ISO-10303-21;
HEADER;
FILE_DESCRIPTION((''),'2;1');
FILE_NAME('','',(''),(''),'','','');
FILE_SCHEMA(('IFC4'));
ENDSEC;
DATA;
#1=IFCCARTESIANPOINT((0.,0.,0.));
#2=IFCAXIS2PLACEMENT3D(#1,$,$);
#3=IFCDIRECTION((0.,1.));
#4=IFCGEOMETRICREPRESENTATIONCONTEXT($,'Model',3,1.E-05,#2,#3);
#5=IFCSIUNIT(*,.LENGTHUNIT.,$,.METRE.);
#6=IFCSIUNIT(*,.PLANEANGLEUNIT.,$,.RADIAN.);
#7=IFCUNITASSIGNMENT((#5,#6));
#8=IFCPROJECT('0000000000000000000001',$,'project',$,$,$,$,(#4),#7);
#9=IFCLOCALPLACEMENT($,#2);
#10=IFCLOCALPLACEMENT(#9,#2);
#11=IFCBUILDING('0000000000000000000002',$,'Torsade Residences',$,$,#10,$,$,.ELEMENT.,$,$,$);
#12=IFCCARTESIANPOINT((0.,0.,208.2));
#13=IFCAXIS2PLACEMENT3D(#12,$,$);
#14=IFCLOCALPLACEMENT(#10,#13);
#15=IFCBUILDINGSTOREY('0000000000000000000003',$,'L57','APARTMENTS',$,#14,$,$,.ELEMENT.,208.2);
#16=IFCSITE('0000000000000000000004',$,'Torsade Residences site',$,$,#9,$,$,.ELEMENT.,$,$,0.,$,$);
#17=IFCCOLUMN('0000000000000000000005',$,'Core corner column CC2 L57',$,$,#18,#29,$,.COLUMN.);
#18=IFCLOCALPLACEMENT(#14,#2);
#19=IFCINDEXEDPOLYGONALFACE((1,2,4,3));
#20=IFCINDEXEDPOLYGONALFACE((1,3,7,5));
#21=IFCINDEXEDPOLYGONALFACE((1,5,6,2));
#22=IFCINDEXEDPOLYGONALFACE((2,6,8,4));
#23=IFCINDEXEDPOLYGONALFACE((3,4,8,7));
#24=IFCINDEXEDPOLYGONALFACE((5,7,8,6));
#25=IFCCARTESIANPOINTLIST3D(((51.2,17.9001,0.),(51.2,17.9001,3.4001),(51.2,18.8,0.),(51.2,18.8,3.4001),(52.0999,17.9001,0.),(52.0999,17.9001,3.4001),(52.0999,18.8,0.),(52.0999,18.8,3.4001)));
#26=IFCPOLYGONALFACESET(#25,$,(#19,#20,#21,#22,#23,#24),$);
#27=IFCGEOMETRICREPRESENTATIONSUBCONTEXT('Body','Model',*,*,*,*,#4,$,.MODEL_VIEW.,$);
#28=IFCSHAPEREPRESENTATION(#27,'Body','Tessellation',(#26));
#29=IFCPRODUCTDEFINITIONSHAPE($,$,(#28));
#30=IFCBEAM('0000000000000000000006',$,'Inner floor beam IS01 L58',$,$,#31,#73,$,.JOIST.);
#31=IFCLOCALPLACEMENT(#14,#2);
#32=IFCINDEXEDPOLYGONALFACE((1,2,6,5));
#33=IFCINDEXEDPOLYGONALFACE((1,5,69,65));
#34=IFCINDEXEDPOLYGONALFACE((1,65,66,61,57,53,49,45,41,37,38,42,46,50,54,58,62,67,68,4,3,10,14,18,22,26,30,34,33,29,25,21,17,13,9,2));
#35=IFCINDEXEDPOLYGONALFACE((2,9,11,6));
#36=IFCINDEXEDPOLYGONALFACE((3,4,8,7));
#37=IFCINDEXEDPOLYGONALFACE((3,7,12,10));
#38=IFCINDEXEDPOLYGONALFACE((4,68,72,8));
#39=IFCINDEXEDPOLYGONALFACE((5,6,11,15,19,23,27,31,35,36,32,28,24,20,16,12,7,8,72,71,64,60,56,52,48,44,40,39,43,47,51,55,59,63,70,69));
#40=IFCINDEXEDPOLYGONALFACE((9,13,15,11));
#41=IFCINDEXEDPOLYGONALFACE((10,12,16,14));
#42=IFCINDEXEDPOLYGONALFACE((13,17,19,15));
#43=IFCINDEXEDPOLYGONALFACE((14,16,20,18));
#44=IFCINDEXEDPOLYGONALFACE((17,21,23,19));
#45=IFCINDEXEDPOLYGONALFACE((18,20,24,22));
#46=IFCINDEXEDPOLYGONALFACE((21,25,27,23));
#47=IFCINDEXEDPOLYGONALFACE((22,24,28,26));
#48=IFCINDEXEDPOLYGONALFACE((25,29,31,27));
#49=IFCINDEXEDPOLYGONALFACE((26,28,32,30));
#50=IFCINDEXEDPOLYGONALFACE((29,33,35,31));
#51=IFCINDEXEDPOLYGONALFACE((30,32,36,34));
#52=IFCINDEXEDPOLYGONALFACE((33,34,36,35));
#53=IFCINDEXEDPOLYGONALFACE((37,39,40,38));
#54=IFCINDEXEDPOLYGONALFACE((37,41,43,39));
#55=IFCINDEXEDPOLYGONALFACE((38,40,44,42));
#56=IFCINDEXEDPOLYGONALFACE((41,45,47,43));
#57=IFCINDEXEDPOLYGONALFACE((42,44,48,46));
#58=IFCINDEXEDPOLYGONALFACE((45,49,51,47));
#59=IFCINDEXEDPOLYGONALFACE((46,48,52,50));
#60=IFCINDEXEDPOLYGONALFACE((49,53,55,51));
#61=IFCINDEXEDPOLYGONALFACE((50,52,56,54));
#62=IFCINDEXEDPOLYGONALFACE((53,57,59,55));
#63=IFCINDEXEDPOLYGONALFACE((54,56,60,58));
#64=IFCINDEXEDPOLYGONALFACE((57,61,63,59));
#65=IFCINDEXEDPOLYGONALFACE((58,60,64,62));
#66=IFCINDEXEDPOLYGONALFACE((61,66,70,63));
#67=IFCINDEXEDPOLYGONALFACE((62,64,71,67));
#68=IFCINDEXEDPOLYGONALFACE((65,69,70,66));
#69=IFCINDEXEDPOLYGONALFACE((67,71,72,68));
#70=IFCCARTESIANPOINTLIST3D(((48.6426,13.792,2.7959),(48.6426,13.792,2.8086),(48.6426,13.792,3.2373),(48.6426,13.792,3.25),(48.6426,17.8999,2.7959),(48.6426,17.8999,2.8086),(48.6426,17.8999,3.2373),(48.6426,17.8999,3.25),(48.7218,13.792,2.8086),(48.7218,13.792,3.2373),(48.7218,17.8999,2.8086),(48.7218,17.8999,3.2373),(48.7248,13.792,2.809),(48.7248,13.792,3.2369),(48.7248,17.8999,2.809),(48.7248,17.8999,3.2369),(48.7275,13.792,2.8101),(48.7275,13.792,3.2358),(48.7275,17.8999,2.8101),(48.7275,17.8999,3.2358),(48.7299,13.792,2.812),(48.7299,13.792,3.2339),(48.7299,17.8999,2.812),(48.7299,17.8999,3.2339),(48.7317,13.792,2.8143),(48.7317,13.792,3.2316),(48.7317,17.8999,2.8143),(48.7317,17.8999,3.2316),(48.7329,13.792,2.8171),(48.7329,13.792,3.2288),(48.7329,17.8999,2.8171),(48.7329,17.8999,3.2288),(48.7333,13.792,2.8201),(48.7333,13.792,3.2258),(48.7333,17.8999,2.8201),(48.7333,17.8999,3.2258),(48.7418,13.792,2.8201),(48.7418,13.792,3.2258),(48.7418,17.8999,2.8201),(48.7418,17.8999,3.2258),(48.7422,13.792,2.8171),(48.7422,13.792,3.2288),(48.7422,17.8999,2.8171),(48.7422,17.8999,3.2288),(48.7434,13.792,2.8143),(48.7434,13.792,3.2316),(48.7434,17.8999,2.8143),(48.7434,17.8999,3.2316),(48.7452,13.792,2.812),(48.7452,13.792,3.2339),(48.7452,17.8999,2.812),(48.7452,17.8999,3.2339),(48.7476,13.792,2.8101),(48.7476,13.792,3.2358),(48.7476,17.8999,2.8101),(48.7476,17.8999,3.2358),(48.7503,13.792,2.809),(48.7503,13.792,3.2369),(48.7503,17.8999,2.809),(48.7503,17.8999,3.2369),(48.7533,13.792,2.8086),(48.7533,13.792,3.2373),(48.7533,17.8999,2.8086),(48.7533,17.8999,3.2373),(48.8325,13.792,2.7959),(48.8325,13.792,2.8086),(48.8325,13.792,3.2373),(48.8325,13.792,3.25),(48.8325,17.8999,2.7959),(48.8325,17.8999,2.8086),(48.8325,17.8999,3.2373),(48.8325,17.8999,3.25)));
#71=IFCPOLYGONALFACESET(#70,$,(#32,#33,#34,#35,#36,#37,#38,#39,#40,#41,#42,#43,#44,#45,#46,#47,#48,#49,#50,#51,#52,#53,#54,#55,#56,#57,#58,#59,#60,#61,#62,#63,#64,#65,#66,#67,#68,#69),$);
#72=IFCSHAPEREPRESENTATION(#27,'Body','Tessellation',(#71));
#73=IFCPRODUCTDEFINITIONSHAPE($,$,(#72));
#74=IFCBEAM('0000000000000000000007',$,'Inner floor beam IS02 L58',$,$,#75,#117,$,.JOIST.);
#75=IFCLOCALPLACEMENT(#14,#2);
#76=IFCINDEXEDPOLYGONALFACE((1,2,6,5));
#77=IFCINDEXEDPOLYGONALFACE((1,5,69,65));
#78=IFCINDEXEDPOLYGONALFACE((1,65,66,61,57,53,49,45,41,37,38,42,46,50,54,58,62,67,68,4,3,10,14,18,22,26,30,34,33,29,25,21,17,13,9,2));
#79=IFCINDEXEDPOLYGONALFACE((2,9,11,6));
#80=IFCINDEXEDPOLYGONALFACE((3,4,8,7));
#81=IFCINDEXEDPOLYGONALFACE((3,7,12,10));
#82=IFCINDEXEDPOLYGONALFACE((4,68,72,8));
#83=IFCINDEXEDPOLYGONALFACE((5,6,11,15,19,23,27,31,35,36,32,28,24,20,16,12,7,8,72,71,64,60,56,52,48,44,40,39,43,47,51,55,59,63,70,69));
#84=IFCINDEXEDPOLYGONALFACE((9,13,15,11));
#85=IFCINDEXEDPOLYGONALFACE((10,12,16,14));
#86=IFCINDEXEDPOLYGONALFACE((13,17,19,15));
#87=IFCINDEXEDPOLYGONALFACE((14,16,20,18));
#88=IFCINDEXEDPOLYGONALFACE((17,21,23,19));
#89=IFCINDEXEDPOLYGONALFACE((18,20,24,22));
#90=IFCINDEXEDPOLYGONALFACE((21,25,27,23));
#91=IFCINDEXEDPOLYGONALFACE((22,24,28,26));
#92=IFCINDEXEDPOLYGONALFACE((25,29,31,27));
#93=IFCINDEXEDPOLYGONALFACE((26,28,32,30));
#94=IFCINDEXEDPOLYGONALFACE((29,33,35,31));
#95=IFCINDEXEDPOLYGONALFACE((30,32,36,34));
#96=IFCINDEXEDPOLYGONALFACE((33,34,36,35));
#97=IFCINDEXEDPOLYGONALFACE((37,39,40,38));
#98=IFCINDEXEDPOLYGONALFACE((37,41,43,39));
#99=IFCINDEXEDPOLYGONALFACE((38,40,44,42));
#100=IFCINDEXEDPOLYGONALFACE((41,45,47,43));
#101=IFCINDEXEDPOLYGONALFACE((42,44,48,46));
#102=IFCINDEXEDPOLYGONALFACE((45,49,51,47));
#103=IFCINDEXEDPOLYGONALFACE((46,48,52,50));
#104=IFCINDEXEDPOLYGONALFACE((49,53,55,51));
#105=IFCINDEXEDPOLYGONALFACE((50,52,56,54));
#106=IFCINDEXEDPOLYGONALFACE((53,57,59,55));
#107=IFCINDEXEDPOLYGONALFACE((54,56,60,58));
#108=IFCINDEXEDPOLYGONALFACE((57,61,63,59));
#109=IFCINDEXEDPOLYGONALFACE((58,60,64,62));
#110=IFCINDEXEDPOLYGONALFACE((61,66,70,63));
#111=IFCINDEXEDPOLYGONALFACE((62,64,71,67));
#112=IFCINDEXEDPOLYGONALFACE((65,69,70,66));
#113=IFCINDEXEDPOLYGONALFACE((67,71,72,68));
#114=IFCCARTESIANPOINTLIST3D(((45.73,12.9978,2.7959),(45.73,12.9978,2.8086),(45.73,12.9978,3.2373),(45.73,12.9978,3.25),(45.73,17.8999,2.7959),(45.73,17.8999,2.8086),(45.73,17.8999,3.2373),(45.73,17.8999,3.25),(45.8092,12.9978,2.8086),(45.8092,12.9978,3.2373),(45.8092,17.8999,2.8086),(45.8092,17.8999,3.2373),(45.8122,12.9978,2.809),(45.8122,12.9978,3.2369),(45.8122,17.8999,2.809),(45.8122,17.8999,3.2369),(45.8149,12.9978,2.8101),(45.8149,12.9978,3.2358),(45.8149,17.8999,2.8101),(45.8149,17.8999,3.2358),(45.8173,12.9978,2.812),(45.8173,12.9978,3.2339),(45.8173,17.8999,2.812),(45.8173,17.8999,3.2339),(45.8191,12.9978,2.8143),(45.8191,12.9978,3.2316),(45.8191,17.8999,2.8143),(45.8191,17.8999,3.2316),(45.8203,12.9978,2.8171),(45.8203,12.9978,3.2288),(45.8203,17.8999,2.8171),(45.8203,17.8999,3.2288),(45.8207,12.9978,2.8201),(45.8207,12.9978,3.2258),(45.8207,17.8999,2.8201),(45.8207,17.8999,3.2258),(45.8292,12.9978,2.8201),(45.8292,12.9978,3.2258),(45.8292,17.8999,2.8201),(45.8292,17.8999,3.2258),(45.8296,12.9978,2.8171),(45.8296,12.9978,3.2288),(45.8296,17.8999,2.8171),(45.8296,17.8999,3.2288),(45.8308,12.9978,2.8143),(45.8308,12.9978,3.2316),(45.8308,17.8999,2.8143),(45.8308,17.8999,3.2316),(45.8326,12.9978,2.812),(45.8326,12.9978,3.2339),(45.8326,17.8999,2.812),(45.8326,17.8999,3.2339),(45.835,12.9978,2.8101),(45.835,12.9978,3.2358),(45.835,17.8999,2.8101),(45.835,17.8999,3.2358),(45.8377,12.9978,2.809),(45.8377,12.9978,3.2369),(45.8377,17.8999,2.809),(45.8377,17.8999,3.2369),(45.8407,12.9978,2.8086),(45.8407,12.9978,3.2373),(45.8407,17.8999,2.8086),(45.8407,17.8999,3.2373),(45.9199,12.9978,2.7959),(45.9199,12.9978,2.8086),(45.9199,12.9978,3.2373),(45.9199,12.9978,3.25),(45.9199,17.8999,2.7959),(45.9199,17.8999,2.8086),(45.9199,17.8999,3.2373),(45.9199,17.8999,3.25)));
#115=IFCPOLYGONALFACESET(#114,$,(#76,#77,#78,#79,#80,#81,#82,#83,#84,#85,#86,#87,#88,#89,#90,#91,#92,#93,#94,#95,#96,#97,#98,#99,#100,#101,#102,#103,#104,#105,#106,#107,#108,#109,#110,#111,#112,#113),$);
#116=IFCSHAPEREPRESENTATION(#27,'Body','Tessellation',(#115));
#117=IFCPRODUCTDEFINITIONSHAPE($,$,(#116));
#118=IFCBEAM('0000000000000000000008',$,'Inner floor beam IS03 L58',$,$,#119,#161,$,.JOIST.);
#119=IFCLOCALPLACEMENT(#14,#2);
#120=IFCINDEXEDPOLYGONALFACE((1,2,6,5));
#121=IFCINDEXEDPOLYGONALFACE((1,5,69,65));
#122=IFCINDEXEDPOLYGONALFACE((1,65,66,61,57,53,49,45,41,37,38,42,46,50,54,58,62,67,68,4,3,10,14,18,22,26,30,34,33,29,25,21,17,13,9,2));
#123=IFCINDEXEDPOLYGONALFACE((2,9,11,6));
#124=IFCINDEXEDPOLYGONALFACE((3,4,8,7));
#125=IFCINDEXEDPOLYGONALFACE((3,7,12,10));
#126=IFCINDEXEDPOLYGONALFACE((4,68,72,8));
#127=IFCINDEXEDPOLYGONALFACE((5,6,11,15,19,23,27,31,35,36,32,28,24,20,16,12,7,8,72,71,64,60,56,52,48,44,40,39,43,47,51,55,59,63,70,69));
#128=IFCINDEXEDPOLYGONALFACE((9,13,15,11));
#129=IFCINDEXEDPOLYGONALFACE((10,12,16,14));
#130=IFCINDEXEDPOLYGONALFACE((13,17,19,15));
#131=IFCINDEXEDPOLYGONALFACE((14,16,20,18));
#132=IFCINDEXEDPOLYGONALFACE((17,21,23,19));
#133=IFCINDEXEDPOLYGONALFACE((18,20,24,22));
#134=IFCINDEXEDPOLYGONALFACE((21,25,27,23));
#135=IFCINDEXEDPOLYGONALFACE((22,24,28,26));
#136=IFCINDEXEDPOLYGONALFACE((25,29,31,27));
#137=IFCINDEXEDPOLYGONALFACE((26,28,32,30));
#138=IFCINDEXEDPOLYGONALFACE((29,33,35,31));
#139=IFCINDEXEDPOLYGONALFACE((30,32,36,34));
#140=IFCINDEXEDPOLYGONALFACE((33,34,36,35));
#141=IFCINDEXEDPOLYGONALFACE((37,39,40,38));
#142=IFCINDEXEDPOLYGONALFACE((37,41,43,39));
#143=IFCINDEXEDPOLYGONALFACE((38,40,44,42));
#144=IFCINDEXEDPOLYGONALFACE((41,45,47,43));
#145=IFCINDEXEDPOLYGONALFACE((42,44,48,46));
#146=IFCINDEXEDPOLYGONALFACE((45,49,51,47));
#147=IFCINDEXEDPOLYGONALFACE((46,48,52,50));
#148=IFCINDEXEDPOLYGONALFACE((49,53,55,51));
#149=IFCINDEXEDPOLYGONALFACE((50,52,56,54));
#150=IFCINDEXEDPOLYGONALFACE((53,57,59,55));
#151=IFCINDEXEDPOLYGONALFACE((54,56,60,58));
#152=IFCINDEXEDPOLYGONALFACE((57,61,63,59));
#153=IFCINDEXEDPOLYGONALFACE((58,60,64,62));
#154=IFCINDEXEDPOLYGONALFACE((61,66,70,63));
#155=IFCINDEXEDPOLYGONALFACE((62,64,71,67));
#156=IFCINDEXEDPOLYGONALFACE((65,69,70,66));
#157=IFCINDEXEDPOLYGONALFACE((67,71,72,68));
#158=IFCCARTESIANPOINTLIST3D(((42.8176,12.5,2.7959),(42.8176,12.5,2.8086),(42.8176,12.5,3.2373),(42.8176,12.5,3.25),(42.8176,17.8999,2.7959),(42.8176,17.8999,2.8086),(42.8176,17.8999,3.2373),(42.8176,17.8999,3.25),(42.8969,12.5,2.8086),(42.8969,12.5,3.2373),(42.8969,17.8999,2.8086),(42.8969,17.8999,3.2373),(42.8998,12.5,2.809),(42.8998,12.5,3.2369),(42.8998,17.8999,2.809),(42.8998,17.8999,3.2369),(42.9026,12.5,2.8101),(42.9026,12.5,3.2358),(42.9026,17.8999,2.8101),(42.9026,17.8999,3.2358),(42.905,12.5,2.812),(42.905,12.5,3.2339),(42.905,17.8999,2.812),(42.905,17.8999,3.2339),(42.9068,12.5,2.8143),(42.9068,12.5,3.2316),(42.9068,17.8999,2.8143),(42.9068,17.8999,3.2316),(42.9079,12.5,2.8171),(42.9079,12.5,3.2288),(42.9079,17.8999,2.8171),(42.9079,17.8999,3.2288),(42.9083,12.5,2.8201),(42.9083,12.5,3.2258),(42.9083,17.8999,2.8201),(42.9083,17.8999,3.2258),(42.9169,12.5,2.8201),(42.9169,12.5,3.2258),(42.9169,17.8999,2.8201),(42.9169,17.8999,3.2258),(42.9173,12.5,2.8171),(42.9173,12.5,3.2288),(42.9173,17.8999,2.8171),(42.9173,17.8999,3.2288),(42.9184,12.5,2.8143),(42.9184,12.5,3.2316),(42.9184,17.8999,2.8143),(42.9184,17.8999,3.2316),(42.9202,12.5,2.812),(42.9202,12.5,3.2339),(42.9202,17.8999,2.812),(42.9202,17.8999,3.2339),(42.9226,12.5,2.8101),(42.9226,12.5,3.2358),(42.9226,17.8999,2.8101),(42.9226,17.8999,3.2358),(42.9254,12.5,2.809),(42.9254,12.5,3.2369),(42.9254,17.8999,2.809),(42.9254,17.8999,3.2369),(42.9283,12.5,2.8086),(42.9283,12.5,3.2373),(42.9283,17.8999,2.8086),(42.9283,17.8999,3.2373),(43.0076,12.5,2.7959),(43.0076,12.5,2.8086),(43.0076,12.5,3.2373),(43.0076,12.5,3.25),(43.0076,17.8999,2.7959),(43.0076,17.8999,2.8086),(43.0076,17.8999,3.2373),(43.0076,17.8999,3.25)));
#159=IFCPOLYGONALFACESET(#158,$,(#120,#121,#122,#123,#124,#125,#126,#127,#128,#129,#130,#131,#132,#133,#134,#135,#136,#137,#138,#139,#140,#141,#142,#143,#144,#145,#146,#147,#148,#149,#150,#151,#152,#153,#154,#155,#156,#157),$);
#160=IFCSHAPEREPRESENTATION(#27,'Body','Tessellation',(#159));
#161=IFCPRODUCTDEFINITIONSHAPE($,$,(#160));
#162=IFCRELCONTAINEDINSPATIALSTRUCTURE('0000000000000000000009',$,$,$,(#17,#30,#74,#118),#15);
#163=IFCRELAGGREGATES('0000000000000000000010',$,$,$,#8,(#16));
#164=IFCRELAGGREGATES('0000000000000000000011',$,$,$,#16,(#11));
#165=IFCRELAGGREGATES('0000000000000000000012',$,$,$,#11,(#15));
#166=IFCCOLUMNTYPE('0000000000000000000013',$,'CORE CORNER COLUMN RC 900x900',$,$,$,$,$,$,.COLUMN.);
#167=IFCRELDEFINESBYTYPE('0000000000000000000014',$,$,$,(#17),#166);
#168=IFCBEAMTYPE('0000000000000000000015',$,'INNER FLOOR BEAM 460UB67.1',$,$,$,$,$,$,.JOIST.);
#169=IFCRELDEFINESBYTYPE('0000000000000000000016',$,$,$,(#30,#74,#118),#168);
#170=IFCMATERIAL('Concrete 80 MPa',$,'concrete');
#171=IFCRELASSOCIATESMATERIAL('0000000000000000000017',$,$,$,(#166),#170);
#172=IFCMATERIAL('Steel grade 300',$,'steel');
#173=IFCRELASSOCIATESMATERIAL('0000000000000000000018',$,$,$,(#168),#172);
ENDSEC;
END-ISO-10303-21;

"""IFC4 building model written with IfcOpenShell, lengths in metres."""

from ifc_helpers import new_model, si_unit, direction, frame, origin, origin_2d, place, context, subcontext, project, spatial, rectangle, i_section, extrude, material, material_profile, profile_set, type_object, element, save


model = new_model("IFC4")

# Units and contexts
model_context = context("Model", 3, precision=1e-05, world=origin(), true_north=direction((0.0, 1.0)))
body_context = subcontext(model_context, "Body", "Model", "MODEL_VIEW")
ifc_project = project(units=[si_unit("LENGTHUNIT", "METRE"), si_unit("PLANEANGLEUNIT", "RADIAN")], contexts=[model_context])

# Site, building, storey
site_placement = place(None, origin())
site = spatial("IfcSite", under=ifc_project, at=site_placement, Name="Torsade Residences site", CompositionType="ELEMENT", RefElevation=0.0)
building_placement = place(site_placement, origin())
building = spatial("IfcBuilding", under=site, at=building_placement, Name="Torsade Residences", CompositionType="ELEMENT")
storey_placement = place(building_placement, frame((0.0, 0.0, 208.2)))
storey = spatial("IfcBuildingStorey", under=building, at=storey_placement, Name="L57", Description="APARTMENTS", CompositionType="ELEMENT", Elevation=208.2)

# Column
ifc_material_1 = material(Name="Concrete 80 MPa", Category="concrete")
ifc_material_profile_1 = material_profile(ifc_material_1, rectangle(XDim=0.8999, YDim=0.8999, at=origin_2d()), Name="RC 900x900")
ifc_profile_set_1 = profile_set([ifc_material_profile_1], Name="Concrete 80 MPa")
column_type = type_object("IfcColumnType", Name="CORE CORNER COLUMN RC 900x900", PredefinedType="COLUMN", material=ifc_profile_set_1)
column_placement = place(storey_placement, frame((51.6499, 18.3501, 0.0), z_axis=(0.0, 0.0, 1.0), x_axis=(1.0, 0.0, 0.0)))
element("IfcColumn", 1, at=column_placement, inside=storey, type_object=column_type, Name="Core corner column CC2 L57", PredefinedType="COLUMN", context=body_context, shape_type="SweptSolid", body=[
    extrude(rectangle(XDim=0.8999, YDim=0.8999, at=origin_2d()), origin(), (0.0, 0.0, 1.0), 3.4001),
])

# Beams
ifc_material_2 = material(Name="Steel grade 300", Category="steel")
ifc_material_profile_2 = material_profile(ifc_material_2, i_section(OverallWidth=0.1899, OverallDepth=0.4541, WebThickness=0.0085, FlangeThickness=0.0127, FilletRadius=0.0115, at=origin_2d()), Name="460UB67.1")
ifc_profile_set_2 = profile_set([ifc_material_profile_2], Name="Steel grade 300")
beam_type = type_object("IfcBeamType", Name="INNER FLOOR BEAM 460UB67.1", PredefinedType="JOIST", material=ifc_profile_set_2)
beam_1_placement = place(storey_placement, frame((48.7375, 17.8999, 3.0229), z_axis=(0.0, -1.0, 0.0), x_axis=(1.0, 0.0, 0.0)))
element("IfcBeam", 2, at=beam_1_placement, inside=storey, type_object=beam_type, Name="Inner floor beam IS01 L58", PredefinedType="JOIST", context=body_context, shape_type="SweptSolid", body=[
    extrude(i_section(OverallWidth=0.1899, OverallDepth=0.4541, WebThickness=0.0085, FlangeThickness=0.0127, FilletRadius=0.0115, at=origin_2d()), origin(), (0.0, 0.0, 1.0), 4.1079),
])
beam_2_placement = place(storey_placement, frame((45.825, 17.8999, 3.0229), z_axis=(0.0, -1.0, 0.0), x_axis=(1.0, 0.0, 0.0)))
element("IfcBeam", 3, at=beam_2_placement, inside=storey, type_object=beam_type, Name="Inner floor beam IS02 L58", PredefinedType="JOIST", context=body_context, shape_type="SweptSolid", body=[
    extrude(i_section(OverallWidth=0.1899, OverallDepth=0.4541, WebThickness=0.0085, FlangeThickness=0.0127, FilletRadius=0.0115, at=origin_2d()), origin(), (0.0, 0.0, 1.0), 4.9021),
])
for number, where, z_axis, x_axis, name in (
    (4, (42.9126, 17.8999, 3.0229), (0.0, -1.0, 0.0), (1.0, 0.0, 0.0), "Inner floor beam IS03 L58"),
):
    element("IfcBeam", number, at=place(storey_placement, frame(where, z_axis=z_axis, x_axis=x_axis)), inside=storey, type_object=beam_type, Name=name, PredefinedType="JOIST", context=body_context, shape_type="SweptSolid", body=[
        extrude(i_section(OverallWidth=0.1899, OverallDepth=0.4541, WebThickness=0.0085, FlangeThickness=0.0127, FilletRadius=0.0115, at=origin_2d()), origin(), (0.0, 0.0, 1.0), 5.3999),
    ])

save(model, "model.ifc")
